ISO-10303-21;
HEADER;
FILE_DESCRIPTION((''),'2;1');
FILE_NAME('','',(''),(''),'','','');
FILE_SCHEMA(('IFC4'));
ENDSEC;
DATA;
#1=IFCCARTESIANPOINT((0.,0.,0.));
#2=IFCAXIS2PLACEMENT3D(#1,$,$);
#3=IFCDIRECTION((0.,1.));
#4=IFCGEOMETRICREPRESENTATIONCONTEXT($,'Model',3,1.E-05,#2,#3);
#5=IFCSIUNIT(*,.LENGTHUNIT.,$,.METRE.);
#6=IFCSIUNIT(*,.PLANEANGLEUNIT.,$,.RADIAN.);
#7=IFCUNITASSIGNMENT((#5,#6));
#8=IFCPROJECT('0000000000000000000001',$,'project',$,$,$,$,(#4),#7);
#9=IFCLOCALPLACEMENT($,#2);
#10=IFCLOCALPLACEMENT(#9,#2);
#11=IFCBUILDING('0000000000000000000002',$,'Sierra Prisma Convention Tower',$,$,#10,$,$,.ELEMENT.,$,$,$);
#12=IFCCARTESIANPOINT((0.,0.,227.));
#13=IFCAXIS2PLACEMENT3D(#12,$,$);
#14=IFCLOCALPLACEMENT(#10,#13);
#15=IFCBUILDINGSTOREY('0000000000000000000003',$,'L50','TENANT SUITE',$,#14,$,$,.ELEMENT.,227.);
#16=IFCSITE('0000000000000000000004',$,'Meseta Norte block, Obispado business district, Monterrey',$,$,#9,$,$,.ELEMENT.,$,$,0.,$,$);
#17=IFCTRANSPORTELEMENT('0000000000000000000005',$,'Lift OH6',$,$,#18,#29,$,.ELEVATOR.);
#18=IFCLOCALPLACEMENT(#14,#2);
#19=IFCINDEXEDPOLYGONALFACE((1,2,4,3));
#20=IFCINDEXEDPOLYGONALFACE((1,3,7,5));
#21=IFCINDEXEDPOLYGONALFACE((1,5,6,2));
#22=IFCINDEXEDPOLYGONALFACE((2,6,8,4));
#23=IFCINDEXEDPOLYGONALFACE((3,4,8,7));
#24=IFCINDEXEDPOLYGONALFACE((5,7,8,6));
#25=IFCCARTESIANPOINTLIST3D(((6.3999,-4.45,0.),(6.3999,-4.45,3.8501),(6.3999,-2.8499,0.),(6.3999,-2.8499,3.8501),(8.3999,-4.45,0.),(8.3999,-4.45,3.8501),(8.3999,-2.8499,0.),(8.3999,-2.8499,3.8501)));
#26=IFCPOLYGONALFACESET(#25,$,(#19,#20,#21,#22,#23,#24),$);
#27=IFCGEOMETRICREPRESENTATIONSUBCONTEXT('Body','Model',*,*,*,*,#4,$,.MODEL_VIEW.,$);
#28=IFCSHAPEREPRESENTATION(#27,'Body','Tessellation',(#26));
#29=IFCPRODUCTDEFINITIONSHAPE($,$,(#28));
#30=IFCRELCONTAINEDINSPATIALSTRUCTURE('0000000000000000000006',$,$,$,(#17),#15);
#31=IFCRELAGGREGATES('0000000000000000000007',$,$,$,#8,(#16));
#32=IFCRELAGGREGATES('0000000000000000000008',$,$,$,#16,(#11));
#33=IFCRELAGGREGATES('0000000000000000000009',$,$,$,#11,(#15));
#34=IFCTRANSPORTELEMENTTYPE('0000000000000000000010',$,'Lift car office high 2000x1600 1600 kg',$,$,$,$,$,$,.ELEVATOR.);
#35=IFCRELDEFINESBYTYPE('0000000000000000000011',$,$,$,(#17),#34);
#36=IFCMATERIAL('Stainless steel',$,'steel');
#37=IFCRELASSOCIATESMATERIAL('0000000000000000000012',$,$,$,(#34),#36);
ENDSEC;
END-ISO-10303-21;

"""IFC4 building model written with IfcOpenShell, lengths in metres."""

from ifc_helpers import new_model, si_unit, direction, frame, origin, origin_2d, place, context, subcontext, project, spatial, rectangle, extrude, material, type_object, element, save


model = new_model("IFC4")

# Units and contexts
model_context = context("Model", 3, precision=1e-05, world=origin(), true_north=direction((0.0, 1.0)))
body_context = subcontext(model_context, "Body", "Model", "MODEL_VIEW")
ifc_project = project(units=[si_unit("LENGTHUNIT", "METRE"), si_unit("PLANEANGLEUNIT", "RADIAN")], contexts=[model_context])

# Site, building, storey
site_placement = place(None, origin())
site = spatial("IfcSite", under=ifc_project, at=site_placement, Name="Meseta Norte block, Obispado business district, Monterrey", CompositionType="ELEMENT", RefElevation=0.0)
building_placement = place(site_placement, origin())
building = spatial("IfcBuilding", under=site, at=building_placement, Name="Sierra Prisma Convention Tower", CompositionType="ELEMENT")
storey_placement = place(building_placement, frame((0.0, 0.0, 227.0)))
storey = spatial("IfcBuildingStorey", under=building, at=storey_placement, Name="L50", Description="TENANT SUITE", CompositionType="ELEMENT", Elevation=227.0)

# Transport element
ifc_material_1 = material(Name="Stainless steel", Category="steel")
transport_element_type = type_object("IfcTransportElementType", Name="Lift car office high 2000x1600 1600 kg", PredefinedType="ELEVATOR", material=ifc_material_1)
for number, where, z_axis, x_axis, name in (
    (1, (7.3999, -3.6499, 0.0), (0.0, 0.0, 1.0), (1.0, 0.0, 0.0), "Lift OH6"),
):
    element("IfcTransportElement", number, at=place(storey_placement, frame(where, z_axis=z_axis, x_axis=x_axis)), inside=storey, type_object=transport_element_type, Name=name, PredefinedType="ELEVATOR", context=body_context, shape_type="SweptSolid", body=[
        extrude(rectangle(XDim=2.0, YDim=1.6001, at=origin_2d()), origin(), (0.0, 0.0, 1.0), 3.8501),
    ])

save(model, "model.ifc")
